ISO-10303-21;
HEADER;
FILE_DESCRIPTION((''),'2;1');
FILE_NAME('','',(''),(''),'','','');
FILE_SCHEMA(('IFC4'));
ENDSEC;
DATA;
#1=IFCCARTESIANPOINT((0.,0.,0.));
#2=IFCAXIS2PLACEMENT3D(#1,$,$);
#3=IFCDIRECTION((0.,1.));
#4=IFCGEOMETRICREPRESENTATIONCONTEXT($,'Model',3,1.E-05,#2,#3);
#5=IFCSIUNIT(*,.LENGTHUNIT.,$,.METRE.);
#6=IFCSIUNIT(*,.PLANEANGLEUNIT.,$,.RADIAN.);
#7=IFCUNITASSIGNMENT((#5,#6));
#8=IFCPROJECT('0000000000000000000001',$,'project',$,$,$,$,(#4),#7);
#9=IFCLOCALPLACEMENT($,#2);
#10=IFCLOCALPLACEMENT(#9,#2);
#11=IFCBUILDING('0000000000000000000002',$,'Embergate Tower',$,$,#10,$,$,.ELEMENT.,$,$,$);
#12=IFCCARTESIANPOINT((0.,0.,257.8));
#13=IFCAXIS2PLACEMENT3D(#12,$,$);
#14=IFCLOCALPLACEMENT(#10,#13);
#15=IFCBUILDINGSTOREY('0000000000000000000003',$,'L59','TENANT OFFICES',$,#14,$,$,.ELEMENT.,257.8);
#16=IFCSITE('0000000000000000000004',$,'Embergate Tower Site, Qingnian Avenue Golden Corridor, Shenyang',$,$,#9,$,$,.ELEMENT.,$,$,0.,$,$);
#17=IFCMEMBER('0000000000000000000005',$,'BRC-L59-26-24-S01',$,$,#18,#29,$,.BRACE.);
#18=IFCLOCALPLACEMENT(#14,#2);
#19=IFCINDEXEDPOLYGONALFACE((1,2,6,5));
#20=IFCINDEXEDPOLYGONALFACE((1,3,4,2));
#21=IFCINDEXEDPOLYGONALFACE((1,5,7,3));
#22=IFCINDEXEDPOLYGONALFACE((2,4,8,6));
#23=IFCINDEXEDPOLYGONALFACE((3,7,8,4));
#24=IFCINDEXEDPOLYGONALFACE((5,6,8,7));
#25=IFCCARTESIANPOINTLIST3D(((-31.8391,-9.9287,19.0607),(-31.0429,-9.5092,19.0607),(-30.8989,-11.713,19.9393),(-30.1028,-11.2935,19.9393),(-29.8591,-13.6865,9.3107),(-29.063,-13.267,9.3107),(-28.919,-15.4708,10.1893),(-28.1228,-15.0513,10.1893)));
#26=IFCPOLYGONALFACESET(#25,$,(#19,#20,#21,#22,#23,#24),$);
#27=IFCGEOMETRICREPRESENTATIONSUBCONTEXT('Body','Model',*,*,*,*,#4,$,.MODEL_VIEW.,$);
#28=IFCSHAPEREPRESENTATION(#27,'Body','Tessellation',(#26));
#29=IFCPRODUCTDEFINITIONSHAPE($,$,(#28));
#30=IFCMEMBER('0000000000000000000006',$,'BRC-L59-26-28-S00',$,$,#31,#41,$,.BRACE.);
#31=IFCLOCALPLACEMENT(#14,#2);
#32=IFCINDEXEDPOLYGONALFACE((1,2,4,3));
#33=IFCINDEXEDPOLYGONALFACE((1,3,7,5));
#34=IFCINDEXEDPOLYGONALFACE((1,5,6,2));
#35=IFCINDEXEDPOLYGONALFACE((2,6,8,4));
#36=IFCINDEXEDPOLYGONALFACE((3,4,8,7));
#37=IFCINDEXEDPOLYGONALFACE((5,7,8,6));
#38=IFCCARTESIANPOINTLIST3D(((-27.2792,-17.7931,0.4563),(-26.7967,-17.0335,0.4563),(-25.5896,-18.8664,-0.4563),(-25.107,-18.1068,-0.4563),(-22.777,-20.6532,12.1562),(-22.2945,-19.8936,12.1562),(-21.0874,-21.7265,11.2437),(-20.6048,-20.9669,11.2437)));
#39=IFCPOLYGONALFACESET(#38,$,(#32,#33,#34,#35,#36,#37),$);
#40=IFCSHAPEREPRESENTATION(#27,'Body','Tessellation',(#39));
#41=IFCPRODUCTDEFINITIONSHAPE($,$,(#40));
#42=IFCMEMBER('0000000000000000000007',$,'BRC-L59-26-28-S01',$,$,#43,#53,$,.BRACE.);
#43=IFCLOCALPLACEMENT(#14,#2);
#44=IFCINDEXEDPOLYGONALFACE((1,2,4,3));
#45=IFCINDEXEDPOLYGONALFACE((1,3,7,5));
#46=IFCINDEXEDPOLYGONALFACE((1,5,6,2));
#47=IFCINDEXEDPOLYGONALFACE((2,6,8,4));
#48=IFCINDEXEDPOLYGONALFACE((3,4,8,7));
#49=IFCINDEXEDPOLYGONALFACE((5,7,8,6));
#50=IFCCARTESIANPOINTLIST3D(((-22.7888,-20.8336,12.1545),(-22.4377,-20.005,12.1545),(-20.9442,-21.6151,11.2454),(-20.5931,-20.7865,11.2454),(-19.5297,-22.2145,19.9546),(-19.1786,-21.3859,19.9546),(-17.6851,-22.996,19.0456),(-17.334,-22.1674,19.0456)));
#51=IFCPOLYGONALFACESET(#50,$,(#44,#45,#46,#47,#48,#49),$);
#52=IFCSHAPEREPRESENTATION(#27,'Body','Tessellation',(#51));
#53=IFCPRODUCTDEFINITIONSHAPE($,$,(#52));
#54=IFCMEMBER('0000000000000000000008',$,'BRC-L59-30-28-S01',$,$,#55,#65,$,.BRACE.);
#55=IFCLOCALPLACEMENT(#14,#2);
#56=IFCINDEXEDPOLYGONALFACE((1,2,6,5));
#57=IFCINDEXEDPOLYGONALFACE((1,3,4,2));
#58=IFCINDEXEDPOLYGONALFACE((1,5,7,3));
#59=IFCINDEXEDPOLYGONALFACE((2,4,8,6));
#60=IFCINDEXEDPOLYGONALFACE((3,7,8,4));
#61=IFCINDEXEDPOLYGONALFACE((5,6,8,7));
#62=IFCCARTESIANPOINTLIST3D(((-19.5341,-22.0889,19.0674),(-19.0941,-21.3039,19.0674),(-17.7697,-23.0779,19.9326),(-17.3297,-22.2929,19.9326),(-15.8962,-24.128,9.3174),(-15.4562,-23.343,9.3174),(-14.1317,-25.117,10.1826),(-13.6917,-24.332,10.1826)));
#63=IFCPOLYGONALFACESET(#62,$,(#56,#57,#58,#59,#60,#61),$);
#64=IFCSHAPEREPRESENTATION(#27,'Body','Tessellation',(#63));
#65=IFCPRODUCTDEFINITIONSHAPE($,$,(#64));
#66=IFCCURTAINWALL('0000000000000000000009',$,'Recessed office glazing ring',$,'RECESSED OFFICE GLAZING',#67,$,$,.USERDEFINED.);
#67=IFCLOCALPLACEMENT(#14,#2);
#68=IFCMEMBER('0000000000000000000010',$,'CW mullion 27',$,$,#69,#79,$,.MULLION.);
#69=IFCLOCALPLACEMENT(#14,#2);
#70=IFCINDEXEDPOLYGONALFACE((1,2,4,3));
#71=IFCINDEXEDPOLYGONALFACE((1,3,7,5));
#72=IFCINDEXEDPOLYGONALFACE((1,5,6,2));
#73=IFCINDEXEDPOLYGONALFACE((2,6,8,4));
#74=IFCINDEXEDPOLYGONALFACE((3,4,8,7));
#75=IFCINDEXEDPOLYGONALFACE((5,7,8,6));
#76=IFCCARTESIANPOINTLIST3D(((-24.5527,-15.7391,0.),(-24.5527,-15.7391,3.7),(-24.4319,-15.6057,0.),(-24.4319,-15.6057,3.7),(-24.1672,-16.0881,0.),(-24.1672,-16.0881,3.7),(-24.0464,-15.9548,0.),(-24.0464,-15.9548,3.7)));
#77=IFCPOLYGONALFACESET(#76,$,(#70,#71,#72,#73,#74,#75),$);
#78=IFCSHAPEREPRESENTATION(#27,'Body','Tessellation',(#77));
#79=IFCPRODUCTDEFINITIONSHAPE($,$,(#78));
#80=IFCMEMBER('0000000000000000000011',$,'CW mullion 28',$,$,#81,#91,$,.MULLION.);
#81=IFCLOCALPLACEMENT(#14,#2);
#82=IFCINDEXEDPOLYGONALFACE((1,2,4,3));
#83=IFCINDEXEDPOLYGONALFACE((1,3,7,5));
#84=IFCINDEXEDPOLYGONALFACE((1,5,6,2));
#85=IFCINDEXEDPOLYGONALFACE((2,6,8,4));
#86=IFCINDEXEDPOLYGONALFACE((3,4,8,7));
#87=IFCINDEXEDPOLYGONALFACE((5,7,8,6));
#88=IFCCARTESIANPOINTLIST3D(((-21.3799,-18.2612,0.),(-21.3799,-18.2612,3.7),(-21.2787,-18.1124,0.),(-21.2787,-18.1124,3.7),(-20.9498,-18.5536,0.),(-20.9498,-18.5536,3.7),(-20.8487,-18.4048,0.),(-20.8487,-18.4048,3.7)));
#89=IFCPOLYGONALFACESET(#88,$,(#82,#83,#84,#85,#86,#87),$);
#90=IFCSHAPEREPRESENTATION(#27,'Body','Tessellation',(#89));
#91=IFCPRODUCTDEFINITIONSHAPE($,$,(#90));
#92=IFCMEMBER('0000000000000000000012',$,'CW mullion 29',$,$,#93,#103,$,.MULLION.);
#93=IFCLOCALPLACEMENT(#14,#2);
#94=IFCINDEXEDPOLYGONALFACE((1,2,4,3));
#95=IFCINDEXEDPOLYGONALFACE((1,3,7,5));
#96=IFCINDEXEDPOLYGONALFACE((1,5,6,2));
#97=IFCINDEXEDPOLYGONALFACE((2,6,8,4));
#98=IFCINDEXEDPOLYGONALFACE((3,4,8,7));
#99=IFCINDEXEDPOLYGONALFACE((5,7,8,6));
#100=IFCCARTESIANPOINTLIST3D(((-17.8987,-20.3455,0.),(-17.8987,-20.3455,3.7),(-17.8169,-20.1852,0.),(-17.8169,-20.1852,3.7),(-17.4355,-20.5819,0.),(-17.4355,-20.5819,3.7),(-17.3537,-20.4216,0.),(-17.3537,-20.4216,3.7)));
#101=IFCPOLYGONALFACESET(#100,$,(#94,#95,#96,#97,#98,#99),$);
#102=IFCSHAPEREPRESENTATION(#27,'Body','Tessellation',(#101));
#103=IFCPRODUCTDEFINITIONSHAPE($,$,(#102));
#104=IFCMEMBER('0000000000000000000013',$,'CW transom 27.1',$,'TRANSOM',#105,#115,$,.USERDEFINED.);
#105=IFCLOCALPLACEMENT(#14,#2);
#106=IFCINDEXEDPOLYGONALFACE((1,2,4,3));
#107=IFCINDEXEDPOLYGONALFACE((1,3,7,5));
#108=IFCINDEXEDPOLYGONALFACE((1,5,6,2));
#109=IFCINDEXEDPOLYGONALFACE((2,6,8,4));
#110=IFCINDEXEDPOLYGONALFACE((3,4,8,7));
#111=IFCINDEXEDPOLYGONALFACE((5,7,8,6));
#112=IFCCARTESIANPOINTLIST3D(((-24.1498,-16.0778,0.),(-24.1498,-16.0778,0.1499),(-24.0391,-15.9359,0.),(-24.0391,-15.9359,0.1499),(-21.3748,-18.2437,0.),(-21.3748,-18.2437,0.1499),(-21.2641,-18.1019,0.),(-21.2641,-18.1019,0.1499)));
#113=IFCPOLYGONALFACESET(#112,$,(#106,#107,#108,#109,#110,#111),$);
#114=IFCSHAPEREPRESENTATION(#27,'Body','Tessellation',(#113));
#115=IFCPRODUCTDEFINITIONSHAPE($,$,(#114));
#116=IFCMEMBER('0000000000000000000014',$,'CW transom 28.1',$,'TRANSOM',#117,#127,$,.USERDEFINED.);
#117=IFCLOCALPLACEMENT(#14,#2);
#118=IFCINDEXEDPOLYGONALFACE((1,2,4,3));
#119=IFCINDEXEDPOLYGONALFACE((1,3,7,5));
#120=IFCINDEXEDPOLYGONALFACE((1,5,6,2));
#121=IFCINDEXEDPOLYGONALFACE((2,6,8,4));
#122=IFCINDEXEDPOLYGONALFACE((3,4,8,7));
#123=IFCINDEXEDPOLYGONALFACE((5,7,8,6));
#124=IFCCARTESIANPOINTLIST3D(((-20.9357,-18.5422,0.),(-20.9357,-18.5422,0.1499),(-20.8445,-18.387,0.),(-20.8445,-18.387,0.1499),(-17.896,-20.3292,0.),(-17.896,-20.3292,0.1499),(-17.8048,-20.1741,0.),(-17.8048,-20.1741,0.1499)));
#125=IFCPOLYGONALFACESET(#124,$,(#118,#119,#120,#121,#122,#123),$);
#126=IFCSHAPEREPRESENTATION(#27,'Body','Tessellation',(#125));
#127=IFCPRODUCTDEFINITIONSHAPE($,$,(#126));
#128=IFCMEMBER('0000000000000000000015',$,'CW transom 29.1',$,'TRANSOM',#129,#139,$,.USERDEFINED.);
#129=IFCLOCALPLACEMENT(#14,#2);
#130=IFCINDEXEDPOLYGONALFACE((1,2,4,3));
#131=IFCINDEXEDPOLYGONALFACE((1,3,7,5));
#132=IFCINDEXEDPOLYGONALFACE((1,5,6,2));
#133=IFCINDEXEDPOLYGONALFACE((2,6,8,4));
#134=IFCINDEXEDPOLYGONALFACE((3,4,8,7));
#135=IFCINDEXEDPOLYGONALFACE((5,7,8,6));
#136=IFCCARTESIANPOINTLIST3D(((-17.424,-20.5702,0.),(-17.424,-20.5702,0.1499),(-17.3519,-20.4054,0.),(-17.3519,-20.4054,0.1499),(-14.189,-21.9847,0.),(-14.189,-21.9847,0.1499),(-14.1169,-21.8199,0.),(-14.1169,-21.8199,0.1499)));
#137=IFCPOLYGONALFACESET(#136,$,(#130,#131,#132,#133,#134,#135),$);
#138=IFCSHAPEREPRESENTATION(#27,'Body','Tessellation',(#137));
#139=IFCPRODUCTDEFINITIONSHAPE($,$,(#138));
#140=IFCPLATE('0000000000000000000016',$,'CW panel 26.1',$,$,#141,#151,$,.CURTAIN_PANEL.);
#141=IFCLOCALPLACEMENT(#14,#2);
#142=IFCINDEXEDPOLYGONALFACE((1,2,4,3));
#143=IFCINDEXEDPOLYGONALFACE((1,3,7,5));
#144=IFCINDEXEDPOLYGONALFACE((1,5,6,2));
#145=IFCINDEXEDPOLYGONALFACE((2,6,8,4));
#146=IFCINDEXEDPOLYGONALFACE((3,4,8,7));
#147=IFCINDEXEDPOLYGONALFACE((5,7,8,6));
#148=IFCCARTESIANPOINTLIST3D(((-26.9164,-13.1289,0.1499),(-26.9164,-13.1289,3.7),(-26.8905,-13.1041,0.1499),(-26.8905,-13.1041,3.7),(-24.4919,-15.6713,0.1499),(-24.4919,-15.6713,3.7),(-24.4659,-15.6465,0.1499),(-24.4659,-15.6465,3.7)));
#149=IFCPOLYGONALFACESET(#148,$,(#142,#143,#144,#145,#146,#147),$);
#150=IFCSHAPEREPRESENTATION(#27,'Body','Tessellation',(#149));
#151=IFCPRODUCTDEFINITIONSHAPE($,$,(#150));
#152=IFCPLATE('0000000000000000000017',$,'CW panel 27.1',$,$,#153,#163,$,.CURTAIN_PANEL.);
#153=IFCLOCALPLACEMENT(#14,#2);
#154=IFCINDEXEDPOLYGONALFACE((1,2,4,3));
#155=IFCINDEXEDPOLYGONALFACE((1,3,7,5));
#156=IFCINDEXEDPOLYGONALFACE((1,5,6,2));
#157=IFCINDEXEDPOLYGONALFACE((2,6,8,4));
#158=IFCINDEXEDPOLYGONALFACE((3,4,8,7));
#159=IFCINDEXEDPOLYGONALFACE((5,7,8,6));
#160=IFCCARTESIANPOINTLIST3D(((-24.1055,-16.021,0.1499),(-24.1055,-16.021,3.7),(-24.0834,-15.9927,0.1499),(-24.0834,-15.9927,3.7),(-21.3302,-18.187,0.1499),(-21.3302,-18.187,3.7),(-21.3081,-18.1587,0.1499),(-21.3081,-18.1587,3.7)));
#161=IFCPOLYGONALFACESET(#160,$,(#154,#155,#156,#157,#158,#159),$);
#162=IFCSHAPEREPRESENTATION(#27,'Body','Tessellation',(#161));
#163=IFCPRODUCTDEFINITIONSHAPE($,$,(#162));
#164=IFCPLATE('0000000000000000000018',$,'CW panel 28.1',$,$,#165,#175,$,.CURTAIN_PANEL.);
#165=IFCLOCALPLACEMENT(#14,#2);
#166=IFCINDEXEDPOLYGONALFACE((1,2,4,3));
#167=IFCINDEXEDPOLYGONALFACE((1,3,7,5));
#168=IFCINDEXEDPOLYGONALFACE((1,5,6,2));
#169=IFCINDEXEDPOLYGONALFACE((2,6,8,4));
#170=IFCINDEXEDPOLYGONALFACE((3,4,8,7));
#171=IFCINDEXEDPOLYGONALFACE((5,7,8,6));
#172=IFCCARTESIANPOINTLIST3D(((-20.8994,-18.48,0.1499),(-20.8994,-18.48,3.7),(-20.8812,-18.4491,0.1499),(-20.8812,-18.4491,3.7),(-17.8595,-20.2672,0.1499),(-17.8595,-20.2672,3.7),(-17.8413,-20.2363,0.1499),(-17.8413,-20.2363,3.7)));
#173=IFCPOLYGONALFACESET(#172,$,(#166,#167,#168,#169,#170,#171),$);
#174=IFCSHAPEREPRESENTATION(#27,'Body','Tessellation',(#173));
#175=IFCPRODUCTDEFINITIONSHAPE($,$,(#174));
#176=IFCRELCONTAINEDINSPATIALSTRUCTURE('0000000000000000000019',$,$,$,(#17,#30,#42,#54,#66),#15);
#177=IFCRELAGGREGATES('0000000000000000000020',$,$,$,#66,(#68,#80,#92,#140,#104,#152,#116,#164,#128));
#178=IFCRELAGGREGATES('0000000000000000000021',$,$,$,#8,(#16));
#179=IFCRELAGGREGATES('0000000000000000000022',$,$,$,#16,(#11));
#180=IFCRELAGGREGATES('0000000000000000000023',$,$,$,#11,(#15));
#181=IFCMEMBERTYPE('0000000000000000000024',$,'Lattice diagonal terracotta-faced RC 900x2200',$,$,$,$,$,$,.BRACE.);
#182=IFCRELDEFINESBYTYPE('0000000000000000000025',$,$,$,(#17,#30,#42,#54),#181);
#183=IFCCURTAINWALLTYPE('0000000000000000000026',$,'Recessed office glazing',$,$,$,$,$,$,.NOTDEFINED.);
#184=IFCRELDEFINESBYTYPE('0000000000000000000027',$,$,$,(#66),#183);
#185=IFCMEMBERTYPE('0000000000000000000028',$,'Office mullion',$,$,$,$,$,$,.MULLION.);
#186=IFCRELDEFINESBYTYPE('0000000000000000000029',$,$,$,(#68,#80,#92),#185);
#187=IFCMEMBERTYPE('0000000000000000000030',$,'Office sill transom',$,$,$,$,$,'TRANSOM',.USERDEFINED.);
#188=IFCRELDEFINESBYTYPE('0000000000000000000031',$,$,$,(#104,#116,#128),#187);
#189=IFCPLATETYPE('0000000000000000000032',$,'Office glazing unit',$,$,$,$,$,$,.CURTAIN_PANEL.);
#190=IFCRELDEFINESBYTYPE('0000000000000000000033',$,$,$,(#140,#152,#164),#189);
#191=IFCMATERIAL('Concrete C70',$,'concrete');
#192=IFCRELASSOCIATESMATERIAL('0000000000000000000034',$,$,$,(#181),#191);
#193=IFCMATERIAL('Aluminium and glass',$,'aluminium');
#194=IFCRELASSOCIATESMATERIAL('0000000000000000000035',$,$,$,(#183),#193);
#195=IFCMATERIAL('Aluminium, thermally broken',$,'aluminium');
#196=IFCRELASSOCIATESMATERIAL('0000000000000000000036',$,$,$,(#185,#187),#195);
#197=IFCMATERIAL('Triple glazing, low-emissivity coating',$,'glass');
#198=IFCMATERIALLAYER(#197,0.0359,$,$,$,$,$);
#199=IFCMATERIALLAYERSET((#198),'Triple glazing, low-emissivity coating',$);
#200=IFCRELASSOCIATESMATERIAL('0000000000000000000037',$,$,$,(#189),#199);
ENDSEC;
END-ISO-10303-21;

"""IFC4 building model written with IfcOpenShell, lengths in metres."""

from ifc_helpers import new_model, si_unit, direction, frame, origin, origin_2d, place, context, subcontext, project, spatial, rectangle, extrude, source, transform, mapped, material, layer, layer_set, material_profile, profile_set, type_object, element, aggregate, save


model = new_model("IFC4")

# Units and contexts
model_context = context("Model", 3, precision=1e-05, world=origin(), true_north=direction((0.0, 1.0)))
body_context = subcontext(model_context, "Body", "Model", "MODEL_VIEW")
ifc_project = project(units=[si_unit("LENGTHUNIT", "METRE"), si_unit("PLANEANGLEUNIT", "RADIAN")], contexts=[model_context])

# Site, building, storey
site_placement = place(None, origin())
site = spatial("IfcSite", under=ifc_project, at=site_placement, Name="Embergate Tower Site, Qingnian Avenue Golden Corridor, Shenyang", CompositionType="ELEMENT", RefElevation=0.0)
building_placement = place(site_placement, origin())
building = spatial("IfcBuilding", under=site, at=building_placement, Name="Embergate Tower", CompositionType="ELEMENT")
storey_placement = place(building_placement, frame((0.0, 0.0, 257.8)))
storey = spatial("IfcBuildingStorey", under=building, at=storey_placement, Name="L59", Description="TENANT OFFICES", CompositionType="ELEMENT", Elevation=257.8)

# Members
ifc_material_1 = material(Name="Concrete C70", Category="concrete")
ifc_material_profile_1 = material_profile(ifc_material_1, rectangle(XDim=0.8999, YDim=2.2, at=origin_2d()), Name="RC 900x2200")
ifc_profile_set_1 = profile_set([ifc_material_profile_1], Name="Concrete C70")
member_type_1 = type_object("IfcMemberType", Name="Lattice diagonal terracotta-faced RC 900x2200", PredefinedType="BRACE", material=ifc_profile_set_1)
shared_shape_1 = source(origin(), body_context, "Body", "SweptSolid", [
    extrude(rectangle(XDim=0.8999, YDim=2.2, at=origin_2d()), origin(), (0.0, 0.0, 1.0), 10.635),
])
member_1_placement = place(storey_placement, frame((-28.991, -14.3689, 9.75), z_axis=(-0.186175, 0.353343, 0.916781), x_axis=(-0.884706, -0.466149, 0.0)))
element("IfcMember", 1, at=member_1_placement, inside=storey, type_object=member_type_1, Name="BRC-L59-26-24-S01", PredefinedType="BRACE", context=body_context, shape_type="MappedRepresentation", body=[
    mapped(shared_shape_1, transform((0.0, 0.0, 0.0))),
])
shared_shape_2 = source(origin(), body_context, "Body", "SweptSolid", [
    extrude(rectangle(XDim=0.8999, YDim=2.2, at=origin_2d()), origin(), (0.0, 0.0, 1.0), 12.8584),
])
member_2_placement = place(storey_placement, frame((-26.1931, -17.95, 0.0), z_axis=(0.350136, -0.222431, 0.909906), x_axis=(0.536218, 0.84408, 0.0)))
element("IfcMember", 2, at=member_2_placement, inside=storey, type_object=member_type_1, Name="BRC-L59-26-28-S00", PredefinedType="BRACE", context=body_context, shape_type="MappedRepresentation", body=[
    mapped(shared_shape_2, transform((0.0, 0.0, 0.0))),
])
shared_shape_3 = source(origin(), body_context, "Body", "SweptSolid", [
    extrude(rectangle(XDim=0.8999, YDim=2.2, at=origin_2d()), origin(), (0.0, 0.0, 1.0), 8.5657),
])
member_3_placement = place(storey_placement, frame((-21.6909, -20.8101, 11.7), z_axis=(0.380481, -0.161211, 0.910629), x_axis=(0.390128, 0.920761, 0.0)))
element("IfcMember", 3, at=member_3_placement, inside=storey, type_object=member_type_1, Name="BRC-L59-26-28-S01", PredefinedType="BRACE", context=body_context, shape_type="MappedRepresentation", body=[
    mapped(shared_shape_3, transform((0.0, 0.0, 0.0))),
])
shared_shape_4 = source(origin(), body_context, "Body", "SweptSolid", [
    extrude(rectangle(XDim=0.8999, YDim=2.2, at=origin_2d()), origin(), (0.0, 0.0, 1.0), 10.6045),
])
member_4_placement = place(storey_placement, frame((-14.7939, -24.23, 9.75), z_axis=(-0.343057, 0.192283, 0.919423), x_axis=(-0.488935, -0.87232, 0.0)))
element("IfcMember", 4, at=member_4_placement, inside=storey, type_object=member_type_1, Name="BRC-L59-30-28-S01", PredefinedType="BRACE", context=body_context, shape_type="MappedRepresentation", body=[
    mapped(shared_shape_4, transform((0.0, 0.0, 0.0))),
])

# Curtain wall, members, plates
ifc_material_2 = material(Name="Aluminium and glass", Category="aluminium")
curtain_wall_type = type_object("IfcCurtainWallType", Name="Recessed office glazing", PredefinedType="NOTDEFINED", material=ifc_material_2)
curtain_wall_placement = place(storey_placement, origin())
curtain_wall = element("IfcCurtainWall", 5, at=curtain_wall_placement, inside=storey, type_object=curtain_wall_type, Name="Recessed office glazing ring", ObjectType="RECESSED OFFICE GLAZING", PredefinedType="USERDEFINED")
ifc_material_3 = material(Name="Aluminium, thermally broken", Category="aluminium")
ifc_material_profile_2 = material_profile(ifc_material_3, rectangle(XDim=0.1799, YDim=0.52, at=origin_2d()), Name="AL 520x180")
ifc_profile_set_2 = profile_set([ifc_material_profile_2], Name="Aluminium, thermally broken")
member_type_2 = type_object("IfcMemberType", Name="Office mullion", PredefinedType="MULLION", material=ifc_profile_set_2)
shared_shape_5 = source(origin(), body_context, "Body", "SweptSolid", [
    extrude(rectangle(XDim=0.1799, YDim=0.52, at=origin_2d()), origin(), (0.0, 0.0, 1.0), 3.7),
])
member_5_placement = place(storey_placement, frame((-24.2996, -15.8469, 0.0), z_axis=(0.0, 0.0, 1.0), x_axis=(0.671217, 0.74126, 0.0)))
member_5 = element("IfcMember", 6, at=member_5_placement, type_object=member_type_2, Name="CW mullion 27", PredefinedType="MULLION", context=body_context, shape_type="MappedRepresentation", body=[
    mapped(shared_shape_5, transform((0.0, 0.0, 0.0))),
])
member_6_placement = place(storey_placement, frame((-21.1143, -18.333, 0.0), z_axis=(0.0, 0.0, 1.0), x_axis=(0.562209, 0.826995, 0.0)))
member_6 = element("IfcMember", 7, at=member_6_placement, type_object=member_type_2, Name="CW mullion 28", PredefinedType="MULLION", context=body_context, shape_type="MappedRepresentation", body=[
    mapped(shared_shape_5, transform((0.0, 0.0, 0.0))),
])
member_7_placement = place(storey_placement, frame((-17.6262, -20.3835, 0.0), z_axis=(0.0, 0.0, 1.0), x_axis=(0.454505, 0.890744, 0.0)))
member_7 = element("IfcMember", 8, at=member_7_placement, type_object=member_type_2, Name="CW mullion 29", PredefinedType="MULLION", context=body_context, shape_type="MappedRepresentation", body=[
    mapped(shared_shape_5, transform((0.0, 0.0, 0.0))),
])
ifc_material_profile_3 = material_profile(ifc_material_3, rectangle(XDim=0.1799, YDim=0.1499, at=origin_2d()), Name="AL 150x180")
ifc_profile_set_3 = profile_set([ifc_material_profile_3], Name="Aluminium, thermally broken")
member_type_3 = type_object("IfcMemberType", Name="Office sill transom", ElementType="TRANSOM", PredefinedType="USERDEFINED", material=ifc_profile_set_3)
shared_shape_6 = source(origin(), body_context, "Body", "SweptSolid", [
    extrude(rectangle(XDim=0.1799, YDim=0.1499, at=origin_2d()), origin(), (0.0, 0.0, 1.0), 3.5203),
])
member_8_placement = place(storey_placement, frame((-24.0945, -16.0068, 0.075), z_axis=(0.788309, -0.615279, 0.0), x_axis=(0.615279, 0.788309, 0.0)))
member_8 = element("IfcMember", 9, at=member_8_placement, type_object=member_type_3, Name="CW transom 27.1", ObjectType="TRANSOM", PredefinedType="USERDEFINED", context=body_context, shape_type="MappedRepresentation", body=[
    mapped(shared_shape_6, transform((0.0, 0.0, 0.0))),
])
shared_shape_7 = source(origin(), body_context, "Body", "SweptSolid", [
    extrude(rectangle(XDim=0.1799, YDim=0.1499, at=origin_2d()), origin(), (0.0, 0.0, 1.0), 3.5261),
])
member_9_placement = place(storey_placement, frame((-20.8901, -18.4646, 0.075), z_axis=(0.862059, -0.506808, 0.0), x_axis=(0.506808, 0.862059, 0.0)))
member_9 = element("IfcMember", 10, at=member_9_placement, type_object=member_type_3, Name="CW transom 28.1", ObjectType="TRANSOM", PredefinedType="USERDEFINED", context=body_context, shape_type="MappedRepresentation", body=[
    mapped(shared_shape_7, transform((0.0, 0.0, 0.0))),
])
shared_shape_8 = source(origin(), body_context, "Body", "SweptSolid", [
    extrude(rectangle(XDim=0.1799, YDim=0.1499, at=origin_2d()), origin(), (0.0, 0.0, 1.0), 3.5308),
])
member_10_placement = place(storey_placement, frame((-17.3879, -20.4878, 0.075), z_axis=(0.916241, -0.400627, 0.0), x_axis=(0.400627, 0.916241, 0.0)))
member_10 = element("IfcMember", 11, at=member_10_placement, type_object=member_type_3, Name="CW transom 29.1", ObjectType="TRANSOM", PredefinedType="USERDEFINED", context=body_context, shape_type="MappedRepresentation", body=[
    mapped(shared_shape_8, transform((0.0, 0.0, 0.0))),
])
ifc_material_4 = material(Name="Triple glazing, low-emissivity coating", Category="glass")
ifc_layer_1 = layer(ifc_material_4, 0.0359)
ifc_layer_set_1 = layer_set([ifc_layer_1], Name="Triple glazing, low-emissivity coating")
plate_type = type_object("IfcPlateType", Name="Office glazing unit", PredefinedType="CURTAIN_PANEL", material=ifc_layer_set_1)
shared_shape_9 = source(origin(), body_context, "Body", "SweptSolid", [
    extrude(rectangle(XDim=3.5132, YDim=0.0359, at=origin_2d()), origin(), (0.0, 0.0, 1.0), 3.55),
])
plate_1_placement = place(storey_placement, frame((-25.6912, -14.3877, 0.1499), z_axis=(0.0, 0.0, 1.0), x_axis=(0.690138, -0.723678, 0.0)))
plate_1 = element("IfcPlate", 12, at=plate_1_placement, type_object=plate_type, Name="CW panel 26.1", PredefinedType="CURTAIN_PANEL", context=body_context, shape_type="MappedRepresentation", body=[
    mapped(shared_shape_9, transform((0.0, 0.0, 0.0))),
])
shared_shape_10 = source(origin(), body_context, "Body", "SweptSolid", [
    extrude(rectangle(XDim=3.5205, YDim=0.0359, at=origin_2d()), origin(), (0.0, 0.0, 1.0), 3.55),
])
plate_2_placement = place(storey_placement, frame((-22.7068, -17.0898, 0.1499), z_axis=(0.0, 0.0, 1.0), x_axis=(0.788322, -0.615263, 0.0)))
plate_2 = element("IfcPlate", 13, at=plate_2_placement, type_object=plate_type, Name="CW panel 27.1", PredefinedType="CURTAIN_PANEL", context=body_context, shape_type="MappedRepresentation", body=[
    mapped(shared_shape_10, transform((0.0, 0.0, 0.0))),
])
shared_shape_11 = source(origin(), body_context, "Body", "SweptSolid", [
    extrude(rectangle(XDim=3.5264, YDim=0.0359, at=origin_2d()), origin(), (0.0, 0.0, 1.0), 3.55),
])
plate_3_placement = place(storey_placement, frame((-19.3704, -19.3582, 0.1499), z_axis=(0.0, 0.0, 1.0), x_axis=(0.862055, -0.506815, 0.0)))
plate_3 = element("IfcPlate", 14, at=plate_3_placement, type_object=plate_type, Name="CW panel 28.1", PredefinedType="CURTAIN_PANEL", context=body_context, shape_type="MappedRepresentation", body=[
    mapped(shared_shape_11, transform((0.0, 0.0, 0.0))),
])
aggregate(curtain_wall, [member_5, member_6, member_7, plate_1, member_8, plate_2, member_9, plate_3, member_10])

save(model, "model.ifc")
